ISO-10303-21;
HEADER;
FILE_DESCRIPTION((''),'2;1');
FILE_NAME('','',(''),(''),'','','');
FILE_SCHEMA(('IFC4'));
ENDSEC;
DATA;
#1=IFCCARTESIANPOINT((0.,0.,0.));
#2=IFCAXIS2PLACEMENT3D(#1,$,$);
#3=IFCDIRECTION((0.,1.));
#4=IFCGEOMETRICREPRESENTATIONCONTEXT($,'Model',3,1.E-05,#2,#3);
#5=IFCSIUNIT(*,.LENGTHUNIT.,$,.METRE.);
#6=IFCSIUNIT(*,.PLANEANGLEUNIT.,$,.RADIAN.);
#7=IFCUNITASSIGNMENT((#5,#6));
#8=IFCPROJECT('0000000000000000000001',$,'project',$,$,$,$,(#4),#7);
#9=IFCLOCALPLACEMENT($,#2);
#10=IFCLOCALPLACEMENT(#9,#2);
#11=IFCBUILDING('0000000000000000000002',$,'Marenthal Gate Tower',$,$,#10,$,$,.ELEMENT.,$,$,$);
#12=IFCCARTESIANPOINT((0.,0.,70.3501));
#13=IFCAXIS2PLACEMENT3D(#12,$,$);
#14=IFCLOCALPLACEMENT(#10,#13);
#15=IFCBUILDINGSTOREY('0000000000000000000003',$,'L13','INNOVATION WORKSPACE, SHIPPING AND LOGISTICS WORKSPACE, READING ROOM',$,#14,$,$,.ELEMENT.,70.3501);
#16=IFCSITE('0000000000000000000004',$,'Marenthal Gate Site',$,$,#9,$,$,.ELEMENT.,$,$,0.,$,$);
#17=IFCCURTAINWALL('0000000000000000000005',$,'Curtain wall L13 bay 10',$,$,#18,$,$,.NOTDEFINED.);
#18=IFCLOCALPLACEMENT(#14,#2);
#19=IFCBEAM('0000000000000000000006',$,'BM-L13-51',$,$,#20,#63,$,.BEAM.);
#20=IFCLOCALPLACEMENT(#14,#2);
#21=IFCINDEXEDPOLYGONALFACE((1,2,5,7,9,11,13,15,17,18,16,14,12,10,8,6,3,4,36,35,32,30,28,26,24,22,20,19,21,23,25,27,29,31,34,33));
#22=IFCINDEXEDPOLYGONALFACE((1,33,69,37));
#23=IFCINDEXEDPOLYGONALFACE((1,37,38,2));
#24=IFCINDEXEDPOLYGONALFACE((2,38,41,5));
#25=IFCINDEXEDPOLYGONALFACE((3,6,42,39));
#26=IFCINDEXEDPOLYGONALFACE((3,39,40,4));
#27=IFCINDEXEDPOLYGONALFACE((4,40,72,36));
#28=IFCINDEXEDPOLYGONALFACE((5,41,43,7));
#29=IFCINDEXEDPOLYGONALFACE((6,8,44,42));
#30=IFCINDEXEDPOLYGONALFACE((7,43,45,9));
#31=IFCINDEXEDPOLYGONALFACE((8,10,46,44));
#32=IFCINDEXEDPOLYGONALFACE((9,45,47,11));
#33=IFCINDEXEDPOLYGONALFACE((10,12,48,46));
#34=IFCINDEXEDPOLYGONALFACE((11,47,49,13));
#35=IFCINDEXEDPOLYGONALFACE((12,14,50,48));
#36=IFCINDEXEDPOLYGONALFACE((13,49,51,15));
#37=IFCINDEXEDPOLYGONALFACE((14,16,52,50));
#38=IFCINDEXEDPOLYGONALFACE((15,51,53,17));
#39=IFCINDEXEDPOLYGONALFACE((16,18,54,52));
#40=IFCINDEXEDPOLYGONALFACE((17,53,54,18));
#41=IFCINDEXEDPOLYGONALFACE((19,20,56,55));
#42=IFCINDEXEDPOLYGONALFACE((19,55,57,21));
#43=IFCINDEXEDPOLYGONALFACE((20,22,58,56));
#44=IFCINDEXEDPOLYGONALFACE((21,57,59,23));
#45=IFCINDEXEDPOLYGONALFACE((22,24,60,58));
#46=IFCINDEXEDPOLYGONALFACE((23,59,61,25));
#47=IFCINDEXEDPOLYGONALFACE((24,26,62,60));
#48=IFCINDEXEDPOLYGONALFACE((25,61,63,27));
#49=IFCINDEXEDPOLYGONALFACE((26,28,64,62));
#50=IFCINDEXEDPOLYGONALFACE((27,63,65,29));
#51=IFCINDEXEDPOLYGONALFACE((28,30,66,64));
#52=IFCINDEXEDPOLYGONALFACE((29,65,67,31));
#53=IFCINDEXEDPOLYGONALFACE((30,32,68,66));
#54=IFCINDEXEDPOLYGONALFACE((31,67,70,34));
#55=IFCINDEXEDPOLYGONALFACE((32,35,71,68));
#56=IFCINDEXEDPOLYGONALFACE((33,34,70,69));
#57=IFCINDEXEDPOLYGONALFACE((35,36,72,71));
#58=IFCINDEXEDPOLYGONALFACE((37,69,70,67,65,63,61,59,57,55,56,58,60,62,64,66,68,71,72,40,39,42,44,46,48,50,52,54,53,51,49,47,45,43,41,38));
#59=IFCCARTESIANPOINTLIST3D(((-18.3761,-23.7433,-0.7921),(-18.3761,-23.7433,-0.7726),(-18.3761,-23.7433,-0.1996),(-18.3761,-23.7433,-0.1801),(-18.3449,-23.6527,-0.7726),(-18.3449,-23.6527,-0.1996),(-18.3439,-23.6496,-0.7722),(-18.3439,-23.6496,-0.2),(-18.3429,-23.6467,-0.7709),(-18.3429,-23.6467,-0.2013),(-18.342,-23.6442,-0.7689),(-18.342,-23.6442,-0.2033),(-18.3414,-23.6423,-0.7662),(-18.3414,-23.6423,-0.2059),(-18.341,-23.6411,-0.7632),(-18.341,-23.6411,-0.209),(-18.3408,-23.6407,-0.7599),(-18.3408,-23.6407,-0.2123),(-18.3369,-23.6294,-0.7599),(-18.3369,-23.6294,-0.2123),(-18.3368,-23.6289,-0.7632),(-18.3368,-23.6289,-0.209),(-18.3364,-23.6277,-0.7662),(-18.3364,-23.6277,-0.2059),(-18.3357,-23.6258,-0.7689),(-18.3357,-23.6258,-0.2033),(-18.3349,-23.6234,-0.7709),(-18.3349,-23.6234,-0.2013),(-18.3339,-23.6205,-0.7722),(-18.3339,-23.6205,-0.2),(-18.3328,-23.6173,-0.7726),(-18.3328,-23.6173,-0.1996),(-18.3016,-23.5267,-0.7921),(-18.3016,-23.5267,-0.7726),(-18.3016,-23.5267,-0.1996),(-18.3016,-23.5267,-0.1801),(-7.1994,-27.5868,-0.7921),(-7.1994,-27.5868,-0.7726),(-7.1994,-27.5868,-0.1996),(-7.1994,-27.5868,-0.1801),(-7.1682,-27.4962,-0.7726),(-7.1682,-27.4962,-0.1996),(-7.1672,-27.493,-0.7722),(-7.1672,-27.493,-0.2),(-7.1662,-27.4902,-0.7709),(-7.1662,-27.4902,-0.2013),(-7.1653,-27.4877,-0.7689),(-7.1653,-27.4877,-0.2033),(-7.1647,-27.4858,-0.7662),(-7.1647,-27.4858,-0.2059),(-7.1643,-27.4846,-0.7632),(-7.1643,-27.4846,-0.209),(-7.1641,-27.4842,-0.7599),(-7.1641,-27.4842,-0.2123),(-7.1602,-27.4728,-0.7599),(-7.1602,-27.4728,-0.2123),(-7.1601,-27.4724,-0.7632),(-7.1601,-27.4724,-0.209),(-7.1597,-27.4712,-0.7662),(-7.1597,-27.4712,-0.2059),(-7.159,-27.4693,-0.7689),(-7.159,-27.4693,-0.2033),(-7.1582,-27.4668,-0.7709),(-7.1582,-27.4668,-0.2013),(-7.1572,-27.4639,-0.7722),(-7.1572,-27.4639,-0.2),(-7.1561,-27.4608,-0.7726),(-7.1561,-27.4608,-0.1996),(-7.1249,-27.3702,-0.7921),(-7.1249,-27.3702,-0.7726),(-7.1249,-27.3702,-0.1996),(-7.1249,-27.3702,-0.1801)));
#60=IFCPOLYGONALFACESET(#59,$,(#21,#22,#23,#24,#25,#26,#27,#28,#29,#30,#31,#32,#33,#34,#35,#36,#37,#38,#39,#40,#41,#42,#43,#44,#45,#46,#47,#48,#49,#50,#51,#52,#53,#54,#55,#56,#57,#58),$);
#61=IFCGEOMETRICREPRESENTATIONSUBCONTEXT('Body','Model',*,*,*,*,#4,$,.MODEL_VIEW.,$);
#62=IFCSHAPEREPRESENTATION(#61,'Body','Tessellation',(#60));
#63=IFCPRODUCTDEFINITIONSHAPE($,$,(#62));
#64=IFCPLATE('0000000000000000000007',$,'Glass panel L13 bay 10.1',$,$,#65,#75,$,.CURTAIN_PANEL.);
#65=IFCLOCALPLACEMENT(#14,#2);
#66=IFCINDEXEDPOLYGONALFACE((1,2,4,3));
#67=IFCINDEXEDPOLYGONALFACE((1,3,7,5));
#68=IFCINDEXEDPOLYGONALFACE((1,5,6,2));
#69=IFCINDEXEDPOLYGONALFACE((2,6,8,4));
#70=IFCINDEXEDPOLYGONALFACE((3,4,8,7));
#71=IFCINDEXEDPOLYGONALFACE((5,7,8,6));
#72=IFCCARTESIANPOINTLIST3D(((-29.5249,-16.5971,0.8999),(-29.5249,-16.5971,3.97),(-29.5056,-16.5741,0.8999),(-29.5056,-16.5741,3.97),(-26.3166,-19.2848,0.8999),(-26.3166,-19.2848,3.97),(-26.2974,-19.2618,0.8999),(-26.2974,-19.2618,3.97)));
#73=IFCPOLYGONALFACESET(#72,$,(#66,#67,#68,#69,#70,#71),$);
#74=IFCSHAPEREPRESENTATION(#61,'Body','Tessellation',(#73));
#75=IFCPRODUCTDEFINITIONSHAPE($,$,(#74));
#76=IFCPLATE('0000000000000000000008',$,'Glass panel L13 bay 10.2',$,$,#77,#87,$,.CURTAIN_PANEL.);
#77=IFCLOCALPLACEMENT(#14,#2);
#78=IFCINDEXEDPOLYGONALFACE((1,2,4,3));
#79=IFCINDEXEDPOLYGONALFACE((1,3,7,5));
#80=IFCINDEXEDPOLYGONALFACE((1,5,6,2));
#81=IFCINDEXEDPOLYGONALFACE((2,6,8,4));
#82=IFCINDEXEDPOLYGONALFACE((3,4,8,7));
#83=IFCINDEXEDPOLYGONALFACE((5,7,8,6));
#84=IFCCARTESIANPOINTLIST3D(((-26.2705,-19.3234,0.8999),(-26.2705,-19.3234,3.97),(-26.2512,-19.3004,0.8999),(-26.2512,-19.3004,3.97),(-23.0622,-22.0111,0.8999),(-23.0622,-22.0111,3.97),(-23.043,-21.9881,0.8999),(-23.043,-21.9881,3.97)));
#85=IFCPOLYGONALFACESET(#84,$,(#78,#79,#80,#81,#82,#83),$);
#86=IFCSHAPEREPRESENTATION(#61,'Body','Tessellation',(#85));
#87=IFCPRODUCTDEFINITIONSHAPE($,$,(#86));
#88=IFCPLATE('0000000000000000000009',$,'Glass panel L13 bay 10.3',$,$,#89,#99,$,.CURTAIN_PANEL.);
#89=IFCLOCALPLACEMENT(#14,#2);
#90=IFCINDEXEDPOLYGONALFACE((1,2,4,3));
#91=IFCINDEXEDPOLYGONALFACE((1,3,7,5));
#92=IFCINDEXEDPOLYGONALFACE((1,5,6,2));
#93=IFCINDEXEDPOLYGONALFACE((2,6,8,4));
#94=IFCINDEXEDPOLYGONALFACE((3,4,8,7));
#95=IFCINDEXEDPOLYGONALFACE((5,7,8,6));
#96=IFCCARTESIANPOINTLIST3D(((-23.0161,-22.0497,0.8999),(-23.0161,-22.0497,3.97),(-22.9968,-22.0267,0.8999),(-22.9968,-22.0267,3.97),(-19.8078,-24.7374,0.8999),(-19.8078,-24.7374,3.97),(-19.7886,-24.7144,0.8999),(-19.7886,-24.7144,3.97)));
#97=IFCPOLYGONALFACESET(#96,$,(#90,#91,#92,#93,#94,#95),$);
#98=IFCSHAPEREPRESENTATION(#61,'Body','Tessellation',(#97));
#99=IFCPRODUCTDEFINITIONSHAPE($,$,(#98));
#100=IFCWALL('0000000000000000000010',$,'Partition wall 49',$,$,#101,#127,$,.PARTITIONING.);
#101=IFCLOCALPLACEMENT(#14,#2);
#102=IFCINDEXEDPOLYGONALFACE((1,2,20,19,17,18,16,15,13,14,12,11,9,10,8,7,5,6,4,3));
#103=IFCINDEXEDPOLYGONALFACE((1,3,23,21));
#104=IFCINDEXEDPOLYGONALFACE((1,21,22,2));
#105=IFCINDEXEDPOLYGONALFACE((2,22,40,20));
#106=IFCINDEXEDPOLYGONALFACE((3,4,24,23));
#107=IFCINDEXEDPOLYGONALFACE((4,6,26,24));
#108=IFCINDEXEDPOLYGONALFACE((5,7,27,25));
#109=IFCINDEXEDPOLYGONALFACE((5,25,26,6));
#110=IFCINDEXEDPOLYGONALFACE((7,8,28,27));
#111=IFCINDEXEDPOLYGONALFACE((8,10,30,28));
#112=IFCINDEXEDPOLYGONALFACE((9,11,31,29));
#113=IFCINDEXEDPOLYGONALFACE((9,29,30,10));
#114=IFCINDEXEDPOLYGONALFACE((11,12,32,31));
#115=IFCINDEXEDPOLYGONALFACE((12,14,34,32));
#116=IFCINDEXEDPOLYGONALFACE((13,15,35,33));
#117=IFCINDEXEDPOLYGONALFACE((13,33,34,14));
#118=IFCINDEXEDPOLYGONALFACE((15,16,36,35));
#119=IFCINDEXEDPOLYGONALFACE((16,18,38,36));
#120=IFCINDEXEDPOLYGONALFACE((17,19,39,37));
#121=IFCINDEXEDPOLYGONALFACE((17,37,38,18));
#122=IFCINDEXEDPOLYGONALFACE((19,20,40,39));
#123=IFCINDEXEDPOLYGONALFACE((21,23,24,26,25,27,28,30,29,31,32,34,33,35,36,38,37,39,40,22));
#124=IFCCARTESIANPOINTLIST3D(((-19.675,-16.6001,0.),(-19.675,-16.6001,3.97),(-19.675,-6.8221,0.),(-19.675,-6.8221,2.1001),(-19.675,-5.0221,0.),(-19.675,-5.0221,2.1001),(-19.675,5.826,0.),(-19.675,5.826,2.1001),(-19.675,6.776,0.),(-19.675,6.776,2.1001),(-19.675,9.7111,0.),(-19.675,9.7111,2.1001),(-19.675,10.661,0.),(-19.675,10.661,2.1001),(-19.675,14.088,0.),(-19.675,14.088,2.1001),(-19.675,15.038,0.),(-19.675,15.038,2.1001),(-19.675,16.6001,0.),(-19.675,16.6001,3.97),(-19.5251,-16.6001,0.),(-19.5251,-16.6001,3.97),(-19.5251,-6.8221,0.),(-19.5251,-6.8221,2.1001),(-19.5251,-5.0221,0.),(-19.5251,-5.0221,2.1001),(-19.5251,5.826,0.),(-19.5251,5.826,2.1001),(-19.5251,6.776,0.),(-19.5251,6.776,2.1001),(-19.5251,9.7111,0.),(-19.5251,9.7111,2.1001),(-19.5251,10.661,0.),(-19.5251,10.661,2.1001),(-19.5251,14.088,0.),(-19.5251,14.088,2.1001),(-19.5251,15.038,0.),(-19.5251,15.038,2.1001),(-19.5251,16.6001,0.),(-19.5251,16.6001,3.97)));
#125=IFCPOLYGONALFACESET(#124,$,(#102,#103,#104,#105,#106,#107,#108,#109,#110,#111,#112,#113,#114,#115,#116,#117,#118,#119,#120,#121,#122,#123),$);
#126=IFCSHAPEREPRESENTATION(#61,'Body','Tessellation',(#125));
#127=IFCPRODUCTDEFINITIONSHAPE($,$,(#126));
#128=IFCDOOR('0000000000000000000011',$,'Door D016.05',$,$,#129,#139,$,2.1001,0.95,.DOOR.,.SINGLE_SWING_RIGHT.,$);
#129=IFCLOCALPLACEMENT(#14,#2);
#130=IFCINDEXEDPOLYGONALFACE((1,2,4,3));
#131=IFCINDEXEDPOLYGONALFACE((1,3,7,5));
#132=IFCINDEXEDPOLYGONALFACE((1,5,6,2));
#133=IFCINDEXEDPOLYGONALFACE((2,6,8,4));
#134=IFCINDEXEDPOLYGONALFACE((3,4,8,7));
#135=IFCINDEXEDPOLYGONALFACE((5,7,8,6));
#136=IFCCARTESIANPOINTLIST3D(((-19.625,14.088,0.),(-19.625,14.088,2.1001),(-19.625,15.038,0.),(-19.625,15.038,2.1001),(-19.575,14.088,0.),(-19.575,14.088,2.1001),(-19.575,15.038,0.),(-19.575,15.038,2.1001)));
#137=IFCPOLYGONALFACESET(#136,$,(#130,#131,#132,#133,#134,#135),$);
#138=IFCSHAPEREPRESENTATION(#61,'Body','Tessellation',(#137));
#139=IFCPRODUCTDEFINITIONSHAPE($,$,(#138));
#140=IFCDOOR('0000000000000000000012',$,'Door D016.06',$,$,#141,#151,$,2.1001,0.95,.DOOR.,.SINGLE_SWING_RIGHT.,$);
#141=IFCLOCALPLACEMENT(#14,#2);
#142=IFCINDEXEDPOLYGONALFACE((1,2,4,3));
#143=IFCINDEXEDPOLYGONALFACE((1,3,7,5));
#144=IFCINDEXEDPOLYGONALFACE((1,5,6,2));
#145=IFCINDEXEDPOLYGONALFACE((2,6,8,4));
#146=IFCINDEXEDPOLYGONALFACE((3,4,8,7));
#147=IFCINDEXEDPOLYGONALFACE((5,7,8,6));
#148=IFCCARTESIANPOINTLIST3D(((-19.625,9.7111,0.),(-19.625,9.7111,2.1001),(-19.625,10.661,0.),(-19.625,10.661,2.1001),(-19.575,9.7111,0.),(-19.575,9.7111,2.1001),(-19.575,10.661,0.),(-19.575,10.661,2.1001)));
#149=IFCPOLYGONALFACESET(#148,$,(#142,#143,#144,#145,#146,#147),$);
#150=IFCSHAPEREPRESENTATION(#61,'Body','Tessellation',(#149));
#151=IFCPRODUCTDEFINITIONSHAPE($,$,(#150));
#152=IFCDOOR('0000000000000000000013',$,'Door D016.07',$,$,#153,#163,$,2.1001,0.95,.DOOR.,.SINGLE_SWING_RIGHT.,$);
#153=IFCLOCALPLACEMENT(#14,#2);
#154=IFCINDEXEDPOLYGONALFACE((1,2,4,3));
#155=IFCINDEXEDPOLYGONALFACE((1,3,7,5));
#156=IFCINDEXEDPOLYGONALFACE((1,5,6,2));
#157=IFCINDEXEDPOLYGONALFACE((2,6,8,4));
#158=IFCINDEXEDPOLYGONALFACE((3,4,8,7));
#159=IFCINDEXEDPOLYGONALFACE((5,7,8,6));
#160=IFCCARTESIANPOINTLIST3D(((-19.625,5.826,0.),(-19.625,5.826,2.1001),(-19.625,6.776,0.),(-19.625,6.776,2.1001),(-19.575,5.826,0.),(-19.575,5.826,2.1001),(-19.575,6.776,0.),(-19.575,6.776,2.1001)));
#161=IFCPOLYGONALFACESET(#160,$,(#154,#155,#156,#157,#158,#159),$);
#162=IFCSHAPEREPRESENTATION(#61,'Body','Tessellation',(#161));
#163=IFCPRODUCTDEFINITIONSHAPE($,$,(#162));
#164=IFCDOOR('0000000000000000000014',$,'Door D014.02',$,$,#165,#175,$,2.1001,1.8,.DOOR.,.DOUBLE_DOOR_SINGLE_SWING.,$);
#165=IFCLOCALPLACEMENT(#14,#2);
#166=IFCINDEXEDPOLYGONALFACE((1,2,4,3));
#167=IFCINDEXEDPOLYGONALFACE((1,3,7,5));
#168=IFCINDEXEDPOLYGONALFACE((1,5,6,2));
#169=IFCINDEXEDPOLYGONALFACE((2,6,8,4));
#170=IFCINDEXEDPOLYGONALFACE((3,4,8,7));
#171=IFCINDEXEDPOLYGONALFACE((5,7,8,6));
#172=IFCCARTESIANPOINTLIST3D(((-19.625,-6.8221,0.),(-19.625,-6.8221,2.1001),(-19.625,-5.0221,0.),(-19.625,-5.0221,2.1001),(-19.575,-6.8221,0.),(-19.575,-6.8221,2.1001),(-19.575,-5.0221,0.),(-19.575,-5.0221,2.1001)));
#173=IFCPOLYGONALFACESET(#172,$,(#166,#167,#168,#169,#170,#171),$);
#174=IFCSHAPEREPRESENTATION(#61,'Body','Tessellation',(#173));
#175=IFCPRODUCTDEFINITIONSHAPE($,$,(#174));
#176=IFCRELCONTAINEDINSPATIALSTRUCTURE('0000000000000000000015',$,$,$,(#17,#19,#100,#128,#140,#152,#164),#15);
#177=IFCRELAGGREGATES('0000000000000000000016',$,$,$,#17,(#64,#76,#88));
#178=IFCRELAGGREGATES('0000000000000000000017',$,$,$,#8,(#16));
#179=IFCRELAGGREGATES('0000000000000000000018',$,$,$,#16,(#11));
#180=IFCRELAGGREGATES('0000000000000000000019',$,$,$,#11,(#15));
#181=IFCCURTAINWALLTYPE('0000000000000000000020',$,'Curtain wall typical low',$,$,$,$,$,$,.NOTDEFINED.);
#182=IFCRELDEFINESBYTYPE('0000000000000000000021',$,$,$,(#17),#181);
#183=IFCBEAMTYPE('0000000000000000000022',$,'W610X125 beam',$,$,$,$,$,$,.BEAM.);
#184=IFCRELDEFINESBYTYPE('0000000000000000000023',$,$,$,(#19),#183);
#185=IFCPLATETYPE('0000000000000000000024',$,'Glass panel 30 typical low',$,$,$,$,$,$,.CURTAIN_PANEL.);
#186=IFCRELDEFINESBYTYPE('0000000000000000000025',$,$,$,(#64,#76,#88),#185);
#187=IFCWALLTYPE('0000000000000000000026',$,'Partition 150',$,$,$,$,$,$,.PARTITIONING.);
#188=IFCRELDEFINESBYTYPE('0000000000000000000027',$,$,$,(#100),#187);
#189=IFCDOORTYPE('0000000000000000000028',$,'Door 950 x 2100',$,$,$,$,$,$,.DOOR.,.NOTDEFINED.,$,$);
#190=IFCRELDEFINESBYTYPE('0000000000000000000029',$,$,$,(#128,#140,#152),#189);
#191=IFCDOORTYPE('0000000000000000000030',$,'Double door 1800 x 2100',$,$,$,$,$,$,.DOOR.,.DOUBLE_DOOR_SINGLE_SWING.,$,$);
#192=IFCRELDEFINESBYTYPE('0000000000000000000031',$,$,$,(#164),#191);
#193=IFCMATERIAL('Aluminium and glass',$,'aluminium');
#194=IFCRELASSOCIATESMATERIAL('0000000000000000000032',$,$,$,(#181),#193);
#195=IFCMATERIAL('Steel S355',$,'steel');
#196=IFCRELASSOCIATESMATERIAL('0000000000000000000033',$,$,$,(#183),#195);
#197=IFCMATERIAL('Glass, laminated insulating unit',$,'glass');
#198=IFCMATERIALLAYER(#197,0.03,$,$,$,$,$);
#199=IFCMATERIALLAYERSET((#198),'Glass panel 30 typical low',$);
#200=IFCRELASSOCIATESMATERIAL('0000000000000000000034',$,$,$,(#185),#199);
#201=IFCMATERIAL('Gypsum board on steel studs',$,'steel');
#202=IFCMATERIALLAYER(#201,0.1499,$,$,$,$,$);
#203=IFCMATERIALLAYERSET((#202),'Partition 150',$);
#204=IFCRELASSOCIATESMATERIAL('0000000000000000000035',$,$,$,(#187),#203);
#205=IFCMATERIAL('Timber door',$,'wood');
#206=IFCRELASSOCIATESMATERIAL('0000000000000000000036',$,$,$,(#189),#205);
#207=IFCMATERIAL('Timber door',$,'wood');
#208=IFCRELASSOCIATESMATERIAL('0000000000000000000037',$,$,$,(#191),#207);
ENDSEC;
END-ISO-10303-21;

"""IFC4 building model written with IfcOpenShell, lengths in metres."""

from ifc_helpers import new_model, si_unit, direction, frame, frame_2d, origin, origin_2d, place, context, subcontext, project, spatial, rectangle, i_section, extrude, material, layer, layer_set, material_profile, profile_set, type_object, element, fill, aggregate, save


model = new_model("IFC4")

# Units and contexts
model_context = context("Model", 3, precision=1e-05, world=origin(), true_north=direction((0.0, 1.0)))
body_context = subcontext(model_context, "Body", "Model", "MODEL_VIEW")
ifc_project = project(units=[si_unit("LENGTHUNIT", "METRE"), si_unit("PLANEANGLEUNIT", "RADIAN")], contexts=[model_context])

# Site, building, storey
site_placement = place(None, origin())
site = spatial("IfcSite", under=ifc_project, at=site_placement, Name="Marenthal Gate Site", CompositionType="ELEMENT", RefElevation=0.0)
building_placement = place(site_placement, origin())
building = spatial("IfcBuilding", under=site, at=building_placement, Name="Marenthal Gate Tower", CompositionType="ELEMENT")
storey_placement = place(building_placement, frame((0.0, 0.0, 70.3501)))
storey = spatial("IfcBuildingStorey", under=building, at=storey_placement, Name="L13", Description="INNOVATION WORKSPACE, SHIPPING AND LOGISTICS WORKSPACE, READING ROOM", CompositionType="ELEMENT", Elevation=70.3501)

# Curtain wall
ifc_material_1 = material(Name="Aluminium and glass", Category="aluminium")
curtain_wall_type = type_object("IfcCurtainWallType", Name="Curtain wall typical low", PredefinedType="NOTDEFINED", material=ifc_material_1)
curtain_wall_placement = place(storey_placement, origin())
curtain_wall = element("IfcCurtainWall", 1, at=curtain_wall_placement, inside=storey, type_object=curtain_wall_type, Name="Curtain wall L13 bay 10", PredefinedType="NOTDEFINED")

# Beam
ifc_material_2 = material(Name="Steel S355", Category="steel")
ifc_material_profile_1 = material_profile(ifc_material_2, i_section(OverallWidth=0.229, OverallDepth=0.6121, WebThickness=0.012, FlangeThickness=0.0195, FilletRadius=0.0127, at=origin_2d()), Name="W610X125")
ifc_profile_set_1 = profile_set([ifc_material_profile_1], Name="Steel S355")
beam_type_1 = type_object("IfcBeamType", Name="W610X125 beam", PredefinedType="BEAM", material=ifc_profile_set_1)
beam_1_placement = place(storey_placement, frame((-18.3389, -23.635, -0.4861), z_axis=(0.945648, -0.325193, 0.0), x_axis=(0.325193, 0.945648, 0.0)))
element("IfcBeam", 2, at=beam_1_placement, inside=storey, type_object=beam_type_1, Name="BM-L13-51", PredefinedType="BEAM", context=body_context, shape_type="SweptSolid", body=[
    extrude(i_section(OverallWidth=0.229, OverallDepth=0.6121, WebThickness=0.012, FlangeThickness=0.0195, FilletRadius=0.0127, at=origin_2d()), origin(), (0.0, 0.0, 1.0), 11.8191),
])

# Plates
ifc_material_3 = material(Name="Glass, laminated insulating unit", Category="glass")
ifc_layer_1 = layer(ifc_material_3, 0.03)
ifc_layer_set_1 = layer_set([ifc_layer_1], Name="Glass panel 30 typical low")
plate_type = type_object("IfcPlateType", Name="Glass panel 30 typical low", PredefinedType="CURTAIN_PANEL", material=ifc_layer_set_1)
plate_1_placement = place(storey_placement, frame((-27.9111, -17.9294, 0.8999), z_axis=(0.0, 0.0, 1.0), x_axis=(0.766557, -0.642176, 0.0)))
plate_1 = element("IfcPlate", 3, at=plate_1_placement, type_object=plate_type, Name="Glass panel L13 bay 10.1", PredefinedType="CURTAIN_PANEL", context=body_context, shape_type="SweptSolid", body=[
    extrude(rectangle(XDim=4.1853, YDim=0.03, at=origin_2d()), origin(), (0.0, 0.0, 1.0), 3.0701),
])
plate_2_placement = place(storey_placement, frame((-24.6567, -20.6558, 0.8999), z_axis=(0.0, 0.0, 1.0), x_axis=(0.766557, -0.642176, 0.0)))
plate_2 = element("IfcPlate", 4, at=plate_2_placement, type_object=plate_type, Name="Glass panel L13 bay 10.2", PredefinedType="CURTAIN_PANEL", context=body_context, shape_type="SweptSolid", body=[
    extrude(rectangle(XDim=4.1853, YDim=0.03, at=origin_2d()), origin(), (0.0, 0.0, 1.0), 3.0701),
])
plate_3_placement = place(storey_placement, frame((-21.4023, -23.3821, 0.8999), z_axis=(0.0, 0.0, 1.0), x_axis=(0.766557, -0.642176, 0.0)))
plate_3 = element("IfcPlate", 5, at=plate_3_placement, type_object=plate_type, Name="Glass panel L13 bay 10.3", PredefinedType="CURTAIN_PANEL", context=body_context, shape_type="SweptSolid", body=[
    extrude(rectangle(XDim=4.1853, YDim=0.03, at=origin_2d()), origin(), (0.0, 0.0, 1.0), 3.0701),
])
aggregate(curtain_wall, [plate_1, plate_2, plate_3])

# Wall, openings, doors
ifc_material_4 = material(Name="Gypsum board on steel studs", Category="steel")
ifc_layer_2 = layer(ifc_material_4, 0.1499)
ifc_layer_set_2 = layer_set([ifc_layer_2], Name="Partition 150")
wall_type_1 = type_object("IfcWallType", Name="Partition 150", PredefinedType="PARTITIONING", material=ifc_layer_set_2)
wall_1_placement = place(storey_placement, frame((-19.6001, -16.6001, 0.0), z_axis=(0.0, 0.0, 1.0), x_axis=(0.0, 1.0, 0.0)))
wall_1 = element("IfcWall", 6, at=wall_1_placement, inside=storey, type_object=wall_type_1, Name="Partition wall 49", PredefinedType="PARTITIONING", context=body_context, shape_type="SweptSolid", body=[
    extrude(rectangle(XDim=33.2002, YDim=0.1499, at=frame_2d((16.6001, 0.0))), origin(), (0.0, 0.0, 1.0), 3.97),
])
opening_1_placement = place(wall_1_placement, frame((30.688, 0.0, 0.0)))
opening_1 = element("IfcOpeningElement", 7, at=opening_1_placement, cuts=wall_1, PredefinedType="OPENING", context=body_context, shape_type="SweptSolid", body=[
    extrude(rectangle(XDim=0.95, YDim=2.1001, at=frame_2d((0.4751, 1.05))), frame((0.0, 0.085, 0.0), z_axis=(0.0, -1.0, 0.0), x_axis=(1.0, 0.0, 0.0)), (0.0, 0.0, 1.0), 0.1699),
])
opening_2_placement = place(wall_1_placement, frame((26.311, 0.0, 0.0)))
opening_2 = element("IfcOpeningElement", 8, at=opening_2_placement, cuts=wall_1, PredefinedType="OPENING", context=body_context, shape_type="SweptSolid", body=[
    extrude(rectangle(XDim=0.95, YDim=2.1001, at=frame_2d((0.4751, 1.05))), frame((0.0, 0.085, 0.0), z_axis=(0.0, -1.0, 0.0), x_axis=(1.0, 0.0, 0.0)), (0.0, 0.0, 1.0), 0.1699),
])
opening_3_placement = place(wall_1_placement, frame((22.426, 0.0, 0.0)))
opening_3 = element("IfcOpeningElement", 9, at=opening_3_placement, cuts=wall_1, PredefinedType="OPENING", context=body_context, shape_type="SweptSolid", body=[
    extrude(rectangle(XDim=0.95, YDim=2.1001, at=frame_2d((0.4751, 1.05))), frame((0.0, 0.085, 0.0), z_axis=(0.0, -1.0, 0.0), x_axis=(1.0, 0.0, 0.0)), (0.0, 0.0, 1.0), 0.1699),
])
opening_4_placement = place(wall_1_placement, frame((9.7781, 0.0, 0.0)))
opening_4 = element("IfcOpeningElement", 10, at=opening_4_placement, cuts=wall_1, PredefinedType="OPENING", context=body_context, shape_type="SweptSolid", body=[
    extrude(rectangle(XDim=1.8, YDim=2.1001, at=frame_2d((0.8999, 1.05))), frame((0.0, 0.085, 0.0), z_axis=(0.0, -1.0, 0.0), x_axis=(1.0, 0.0, 0.0)), (0.0, 0.0, 1.0), 0.1699),
])
ifc_material_5 = material(Name="Timber door", Category="wood")
door_type_1 = type_object("IfcDoorType", Name="Door 950 x 2100", OperationType="NOTDEFINED", PredefinedType="DOOR", material=ifc_material_5)
door_1_placement = place(opening_1_placement, origin())
door_1 = element("IfcDoor", 11, at=door_1_placement, inside=storey, type_object=door_type_1, Name="Door D016.05", OperationType="SINGLE_SWING_RIGHT", OverallHeight=2.1001, OverallWidth=0.95, PredefinedType="DOOR", context=body_context, shape_type="SweptSolid", body=[
    extrude(rectangle(XDim=0.95, YDim=2.1001, at=frame_2d((0.4751, 1.05))), frame((0.0, 0.0249, 0.0), z_axis=(0.0, -1.0, 0.0), x_axis=(1.0, 0.0, 0.0)), (0.0, 0.0, 1.0), 0.05),
])
fill(opening_1, door_1)
door_2_placement = place(opening_2_placement, origin())
door_2 = element("IfcDoor", 12, at=door_2_placement, inside=storey, type_object=door_type_1, Name="Door D016.06", OperationType="SINGLE_SWING_RIGHT", OverallHeight=2.1001, OverallWidth=0.95, PredefinedType="DOOR", context=body_context, shape_type="SweptSolid", body=[
    extrude(rectangle(XDim=0.95, YDim=2.1001, at=frame_2d((0.4751, 1.05))), frame((0.0, 0.0249, 0.0), z_axis=(0.0, -1.0, 0.0), x_axis=(1.0, 0.0, 0.0)), (0.0, 0.0, 1.0), 0.05),
])
fill(opening_2, door_2)
door_3_placement = place(opening_3_placement, origin())
door_3 = element("IfcDoor", 13, at=door_3_placement, inside=storey, type_object=door_type_1, Name="Door D016.07", OperationType="SINGLE_SWING_RIGHT", OverallHeight=2.1001, OverallWidth=0.95, PredefinedType="DOOR", context=body_context, shape_type="SweptSolid", body=[
    extrude(rectangle(XDim=0.95, YDim=2.1001, at=frame_2d((0.4751, 1.05))), frame((0.0, 0.0249, 0.0), z_axis=(0.0, -1.0, 0.0), x_axis=(1.0, 0.0, 0.0)), (0.0, 0.0, 1.0), 0.05),
])
fill(opening_3, door_3)
ifc_material_6 = material(Name="Timber door", Category="wood")
door_type_2 = type_object("IfcDoorType", Name="Double door 1800 x 2100", OperationType="DOUBLE_DOOR_SINGLE_SWING", PredefinedType="DOOR", material=ifc_material_6)
door_4_placement = place(opening_4_placement, origin())
door_4 = element("IfcDoor", 14, at=door_4_placement, inside=storey, type_object=door_type_2, Name="Door D014.02", OperationType="DOUBLE_DOOR_SINGLE_SWING", OverallHeight=2.1001, OverallWidth=1.8, PredefinedType="DOOR", context=body_context, shape_type="SweptSolid", body=[
    extrude(rectangle(XDim=1.8, YDim=2.1001, at=frame_2d((0.8999, 1.05))), frame((0.0, 0.0249, 0.0), z_axis=(0.0, -1.0, 0.0), x_axis=(1.0, 0.0, 0.0)), (0.0, 0.0, 1.0), 0.05),
])
fill(opening_4, door_4)

save(model, "model.ifc")
